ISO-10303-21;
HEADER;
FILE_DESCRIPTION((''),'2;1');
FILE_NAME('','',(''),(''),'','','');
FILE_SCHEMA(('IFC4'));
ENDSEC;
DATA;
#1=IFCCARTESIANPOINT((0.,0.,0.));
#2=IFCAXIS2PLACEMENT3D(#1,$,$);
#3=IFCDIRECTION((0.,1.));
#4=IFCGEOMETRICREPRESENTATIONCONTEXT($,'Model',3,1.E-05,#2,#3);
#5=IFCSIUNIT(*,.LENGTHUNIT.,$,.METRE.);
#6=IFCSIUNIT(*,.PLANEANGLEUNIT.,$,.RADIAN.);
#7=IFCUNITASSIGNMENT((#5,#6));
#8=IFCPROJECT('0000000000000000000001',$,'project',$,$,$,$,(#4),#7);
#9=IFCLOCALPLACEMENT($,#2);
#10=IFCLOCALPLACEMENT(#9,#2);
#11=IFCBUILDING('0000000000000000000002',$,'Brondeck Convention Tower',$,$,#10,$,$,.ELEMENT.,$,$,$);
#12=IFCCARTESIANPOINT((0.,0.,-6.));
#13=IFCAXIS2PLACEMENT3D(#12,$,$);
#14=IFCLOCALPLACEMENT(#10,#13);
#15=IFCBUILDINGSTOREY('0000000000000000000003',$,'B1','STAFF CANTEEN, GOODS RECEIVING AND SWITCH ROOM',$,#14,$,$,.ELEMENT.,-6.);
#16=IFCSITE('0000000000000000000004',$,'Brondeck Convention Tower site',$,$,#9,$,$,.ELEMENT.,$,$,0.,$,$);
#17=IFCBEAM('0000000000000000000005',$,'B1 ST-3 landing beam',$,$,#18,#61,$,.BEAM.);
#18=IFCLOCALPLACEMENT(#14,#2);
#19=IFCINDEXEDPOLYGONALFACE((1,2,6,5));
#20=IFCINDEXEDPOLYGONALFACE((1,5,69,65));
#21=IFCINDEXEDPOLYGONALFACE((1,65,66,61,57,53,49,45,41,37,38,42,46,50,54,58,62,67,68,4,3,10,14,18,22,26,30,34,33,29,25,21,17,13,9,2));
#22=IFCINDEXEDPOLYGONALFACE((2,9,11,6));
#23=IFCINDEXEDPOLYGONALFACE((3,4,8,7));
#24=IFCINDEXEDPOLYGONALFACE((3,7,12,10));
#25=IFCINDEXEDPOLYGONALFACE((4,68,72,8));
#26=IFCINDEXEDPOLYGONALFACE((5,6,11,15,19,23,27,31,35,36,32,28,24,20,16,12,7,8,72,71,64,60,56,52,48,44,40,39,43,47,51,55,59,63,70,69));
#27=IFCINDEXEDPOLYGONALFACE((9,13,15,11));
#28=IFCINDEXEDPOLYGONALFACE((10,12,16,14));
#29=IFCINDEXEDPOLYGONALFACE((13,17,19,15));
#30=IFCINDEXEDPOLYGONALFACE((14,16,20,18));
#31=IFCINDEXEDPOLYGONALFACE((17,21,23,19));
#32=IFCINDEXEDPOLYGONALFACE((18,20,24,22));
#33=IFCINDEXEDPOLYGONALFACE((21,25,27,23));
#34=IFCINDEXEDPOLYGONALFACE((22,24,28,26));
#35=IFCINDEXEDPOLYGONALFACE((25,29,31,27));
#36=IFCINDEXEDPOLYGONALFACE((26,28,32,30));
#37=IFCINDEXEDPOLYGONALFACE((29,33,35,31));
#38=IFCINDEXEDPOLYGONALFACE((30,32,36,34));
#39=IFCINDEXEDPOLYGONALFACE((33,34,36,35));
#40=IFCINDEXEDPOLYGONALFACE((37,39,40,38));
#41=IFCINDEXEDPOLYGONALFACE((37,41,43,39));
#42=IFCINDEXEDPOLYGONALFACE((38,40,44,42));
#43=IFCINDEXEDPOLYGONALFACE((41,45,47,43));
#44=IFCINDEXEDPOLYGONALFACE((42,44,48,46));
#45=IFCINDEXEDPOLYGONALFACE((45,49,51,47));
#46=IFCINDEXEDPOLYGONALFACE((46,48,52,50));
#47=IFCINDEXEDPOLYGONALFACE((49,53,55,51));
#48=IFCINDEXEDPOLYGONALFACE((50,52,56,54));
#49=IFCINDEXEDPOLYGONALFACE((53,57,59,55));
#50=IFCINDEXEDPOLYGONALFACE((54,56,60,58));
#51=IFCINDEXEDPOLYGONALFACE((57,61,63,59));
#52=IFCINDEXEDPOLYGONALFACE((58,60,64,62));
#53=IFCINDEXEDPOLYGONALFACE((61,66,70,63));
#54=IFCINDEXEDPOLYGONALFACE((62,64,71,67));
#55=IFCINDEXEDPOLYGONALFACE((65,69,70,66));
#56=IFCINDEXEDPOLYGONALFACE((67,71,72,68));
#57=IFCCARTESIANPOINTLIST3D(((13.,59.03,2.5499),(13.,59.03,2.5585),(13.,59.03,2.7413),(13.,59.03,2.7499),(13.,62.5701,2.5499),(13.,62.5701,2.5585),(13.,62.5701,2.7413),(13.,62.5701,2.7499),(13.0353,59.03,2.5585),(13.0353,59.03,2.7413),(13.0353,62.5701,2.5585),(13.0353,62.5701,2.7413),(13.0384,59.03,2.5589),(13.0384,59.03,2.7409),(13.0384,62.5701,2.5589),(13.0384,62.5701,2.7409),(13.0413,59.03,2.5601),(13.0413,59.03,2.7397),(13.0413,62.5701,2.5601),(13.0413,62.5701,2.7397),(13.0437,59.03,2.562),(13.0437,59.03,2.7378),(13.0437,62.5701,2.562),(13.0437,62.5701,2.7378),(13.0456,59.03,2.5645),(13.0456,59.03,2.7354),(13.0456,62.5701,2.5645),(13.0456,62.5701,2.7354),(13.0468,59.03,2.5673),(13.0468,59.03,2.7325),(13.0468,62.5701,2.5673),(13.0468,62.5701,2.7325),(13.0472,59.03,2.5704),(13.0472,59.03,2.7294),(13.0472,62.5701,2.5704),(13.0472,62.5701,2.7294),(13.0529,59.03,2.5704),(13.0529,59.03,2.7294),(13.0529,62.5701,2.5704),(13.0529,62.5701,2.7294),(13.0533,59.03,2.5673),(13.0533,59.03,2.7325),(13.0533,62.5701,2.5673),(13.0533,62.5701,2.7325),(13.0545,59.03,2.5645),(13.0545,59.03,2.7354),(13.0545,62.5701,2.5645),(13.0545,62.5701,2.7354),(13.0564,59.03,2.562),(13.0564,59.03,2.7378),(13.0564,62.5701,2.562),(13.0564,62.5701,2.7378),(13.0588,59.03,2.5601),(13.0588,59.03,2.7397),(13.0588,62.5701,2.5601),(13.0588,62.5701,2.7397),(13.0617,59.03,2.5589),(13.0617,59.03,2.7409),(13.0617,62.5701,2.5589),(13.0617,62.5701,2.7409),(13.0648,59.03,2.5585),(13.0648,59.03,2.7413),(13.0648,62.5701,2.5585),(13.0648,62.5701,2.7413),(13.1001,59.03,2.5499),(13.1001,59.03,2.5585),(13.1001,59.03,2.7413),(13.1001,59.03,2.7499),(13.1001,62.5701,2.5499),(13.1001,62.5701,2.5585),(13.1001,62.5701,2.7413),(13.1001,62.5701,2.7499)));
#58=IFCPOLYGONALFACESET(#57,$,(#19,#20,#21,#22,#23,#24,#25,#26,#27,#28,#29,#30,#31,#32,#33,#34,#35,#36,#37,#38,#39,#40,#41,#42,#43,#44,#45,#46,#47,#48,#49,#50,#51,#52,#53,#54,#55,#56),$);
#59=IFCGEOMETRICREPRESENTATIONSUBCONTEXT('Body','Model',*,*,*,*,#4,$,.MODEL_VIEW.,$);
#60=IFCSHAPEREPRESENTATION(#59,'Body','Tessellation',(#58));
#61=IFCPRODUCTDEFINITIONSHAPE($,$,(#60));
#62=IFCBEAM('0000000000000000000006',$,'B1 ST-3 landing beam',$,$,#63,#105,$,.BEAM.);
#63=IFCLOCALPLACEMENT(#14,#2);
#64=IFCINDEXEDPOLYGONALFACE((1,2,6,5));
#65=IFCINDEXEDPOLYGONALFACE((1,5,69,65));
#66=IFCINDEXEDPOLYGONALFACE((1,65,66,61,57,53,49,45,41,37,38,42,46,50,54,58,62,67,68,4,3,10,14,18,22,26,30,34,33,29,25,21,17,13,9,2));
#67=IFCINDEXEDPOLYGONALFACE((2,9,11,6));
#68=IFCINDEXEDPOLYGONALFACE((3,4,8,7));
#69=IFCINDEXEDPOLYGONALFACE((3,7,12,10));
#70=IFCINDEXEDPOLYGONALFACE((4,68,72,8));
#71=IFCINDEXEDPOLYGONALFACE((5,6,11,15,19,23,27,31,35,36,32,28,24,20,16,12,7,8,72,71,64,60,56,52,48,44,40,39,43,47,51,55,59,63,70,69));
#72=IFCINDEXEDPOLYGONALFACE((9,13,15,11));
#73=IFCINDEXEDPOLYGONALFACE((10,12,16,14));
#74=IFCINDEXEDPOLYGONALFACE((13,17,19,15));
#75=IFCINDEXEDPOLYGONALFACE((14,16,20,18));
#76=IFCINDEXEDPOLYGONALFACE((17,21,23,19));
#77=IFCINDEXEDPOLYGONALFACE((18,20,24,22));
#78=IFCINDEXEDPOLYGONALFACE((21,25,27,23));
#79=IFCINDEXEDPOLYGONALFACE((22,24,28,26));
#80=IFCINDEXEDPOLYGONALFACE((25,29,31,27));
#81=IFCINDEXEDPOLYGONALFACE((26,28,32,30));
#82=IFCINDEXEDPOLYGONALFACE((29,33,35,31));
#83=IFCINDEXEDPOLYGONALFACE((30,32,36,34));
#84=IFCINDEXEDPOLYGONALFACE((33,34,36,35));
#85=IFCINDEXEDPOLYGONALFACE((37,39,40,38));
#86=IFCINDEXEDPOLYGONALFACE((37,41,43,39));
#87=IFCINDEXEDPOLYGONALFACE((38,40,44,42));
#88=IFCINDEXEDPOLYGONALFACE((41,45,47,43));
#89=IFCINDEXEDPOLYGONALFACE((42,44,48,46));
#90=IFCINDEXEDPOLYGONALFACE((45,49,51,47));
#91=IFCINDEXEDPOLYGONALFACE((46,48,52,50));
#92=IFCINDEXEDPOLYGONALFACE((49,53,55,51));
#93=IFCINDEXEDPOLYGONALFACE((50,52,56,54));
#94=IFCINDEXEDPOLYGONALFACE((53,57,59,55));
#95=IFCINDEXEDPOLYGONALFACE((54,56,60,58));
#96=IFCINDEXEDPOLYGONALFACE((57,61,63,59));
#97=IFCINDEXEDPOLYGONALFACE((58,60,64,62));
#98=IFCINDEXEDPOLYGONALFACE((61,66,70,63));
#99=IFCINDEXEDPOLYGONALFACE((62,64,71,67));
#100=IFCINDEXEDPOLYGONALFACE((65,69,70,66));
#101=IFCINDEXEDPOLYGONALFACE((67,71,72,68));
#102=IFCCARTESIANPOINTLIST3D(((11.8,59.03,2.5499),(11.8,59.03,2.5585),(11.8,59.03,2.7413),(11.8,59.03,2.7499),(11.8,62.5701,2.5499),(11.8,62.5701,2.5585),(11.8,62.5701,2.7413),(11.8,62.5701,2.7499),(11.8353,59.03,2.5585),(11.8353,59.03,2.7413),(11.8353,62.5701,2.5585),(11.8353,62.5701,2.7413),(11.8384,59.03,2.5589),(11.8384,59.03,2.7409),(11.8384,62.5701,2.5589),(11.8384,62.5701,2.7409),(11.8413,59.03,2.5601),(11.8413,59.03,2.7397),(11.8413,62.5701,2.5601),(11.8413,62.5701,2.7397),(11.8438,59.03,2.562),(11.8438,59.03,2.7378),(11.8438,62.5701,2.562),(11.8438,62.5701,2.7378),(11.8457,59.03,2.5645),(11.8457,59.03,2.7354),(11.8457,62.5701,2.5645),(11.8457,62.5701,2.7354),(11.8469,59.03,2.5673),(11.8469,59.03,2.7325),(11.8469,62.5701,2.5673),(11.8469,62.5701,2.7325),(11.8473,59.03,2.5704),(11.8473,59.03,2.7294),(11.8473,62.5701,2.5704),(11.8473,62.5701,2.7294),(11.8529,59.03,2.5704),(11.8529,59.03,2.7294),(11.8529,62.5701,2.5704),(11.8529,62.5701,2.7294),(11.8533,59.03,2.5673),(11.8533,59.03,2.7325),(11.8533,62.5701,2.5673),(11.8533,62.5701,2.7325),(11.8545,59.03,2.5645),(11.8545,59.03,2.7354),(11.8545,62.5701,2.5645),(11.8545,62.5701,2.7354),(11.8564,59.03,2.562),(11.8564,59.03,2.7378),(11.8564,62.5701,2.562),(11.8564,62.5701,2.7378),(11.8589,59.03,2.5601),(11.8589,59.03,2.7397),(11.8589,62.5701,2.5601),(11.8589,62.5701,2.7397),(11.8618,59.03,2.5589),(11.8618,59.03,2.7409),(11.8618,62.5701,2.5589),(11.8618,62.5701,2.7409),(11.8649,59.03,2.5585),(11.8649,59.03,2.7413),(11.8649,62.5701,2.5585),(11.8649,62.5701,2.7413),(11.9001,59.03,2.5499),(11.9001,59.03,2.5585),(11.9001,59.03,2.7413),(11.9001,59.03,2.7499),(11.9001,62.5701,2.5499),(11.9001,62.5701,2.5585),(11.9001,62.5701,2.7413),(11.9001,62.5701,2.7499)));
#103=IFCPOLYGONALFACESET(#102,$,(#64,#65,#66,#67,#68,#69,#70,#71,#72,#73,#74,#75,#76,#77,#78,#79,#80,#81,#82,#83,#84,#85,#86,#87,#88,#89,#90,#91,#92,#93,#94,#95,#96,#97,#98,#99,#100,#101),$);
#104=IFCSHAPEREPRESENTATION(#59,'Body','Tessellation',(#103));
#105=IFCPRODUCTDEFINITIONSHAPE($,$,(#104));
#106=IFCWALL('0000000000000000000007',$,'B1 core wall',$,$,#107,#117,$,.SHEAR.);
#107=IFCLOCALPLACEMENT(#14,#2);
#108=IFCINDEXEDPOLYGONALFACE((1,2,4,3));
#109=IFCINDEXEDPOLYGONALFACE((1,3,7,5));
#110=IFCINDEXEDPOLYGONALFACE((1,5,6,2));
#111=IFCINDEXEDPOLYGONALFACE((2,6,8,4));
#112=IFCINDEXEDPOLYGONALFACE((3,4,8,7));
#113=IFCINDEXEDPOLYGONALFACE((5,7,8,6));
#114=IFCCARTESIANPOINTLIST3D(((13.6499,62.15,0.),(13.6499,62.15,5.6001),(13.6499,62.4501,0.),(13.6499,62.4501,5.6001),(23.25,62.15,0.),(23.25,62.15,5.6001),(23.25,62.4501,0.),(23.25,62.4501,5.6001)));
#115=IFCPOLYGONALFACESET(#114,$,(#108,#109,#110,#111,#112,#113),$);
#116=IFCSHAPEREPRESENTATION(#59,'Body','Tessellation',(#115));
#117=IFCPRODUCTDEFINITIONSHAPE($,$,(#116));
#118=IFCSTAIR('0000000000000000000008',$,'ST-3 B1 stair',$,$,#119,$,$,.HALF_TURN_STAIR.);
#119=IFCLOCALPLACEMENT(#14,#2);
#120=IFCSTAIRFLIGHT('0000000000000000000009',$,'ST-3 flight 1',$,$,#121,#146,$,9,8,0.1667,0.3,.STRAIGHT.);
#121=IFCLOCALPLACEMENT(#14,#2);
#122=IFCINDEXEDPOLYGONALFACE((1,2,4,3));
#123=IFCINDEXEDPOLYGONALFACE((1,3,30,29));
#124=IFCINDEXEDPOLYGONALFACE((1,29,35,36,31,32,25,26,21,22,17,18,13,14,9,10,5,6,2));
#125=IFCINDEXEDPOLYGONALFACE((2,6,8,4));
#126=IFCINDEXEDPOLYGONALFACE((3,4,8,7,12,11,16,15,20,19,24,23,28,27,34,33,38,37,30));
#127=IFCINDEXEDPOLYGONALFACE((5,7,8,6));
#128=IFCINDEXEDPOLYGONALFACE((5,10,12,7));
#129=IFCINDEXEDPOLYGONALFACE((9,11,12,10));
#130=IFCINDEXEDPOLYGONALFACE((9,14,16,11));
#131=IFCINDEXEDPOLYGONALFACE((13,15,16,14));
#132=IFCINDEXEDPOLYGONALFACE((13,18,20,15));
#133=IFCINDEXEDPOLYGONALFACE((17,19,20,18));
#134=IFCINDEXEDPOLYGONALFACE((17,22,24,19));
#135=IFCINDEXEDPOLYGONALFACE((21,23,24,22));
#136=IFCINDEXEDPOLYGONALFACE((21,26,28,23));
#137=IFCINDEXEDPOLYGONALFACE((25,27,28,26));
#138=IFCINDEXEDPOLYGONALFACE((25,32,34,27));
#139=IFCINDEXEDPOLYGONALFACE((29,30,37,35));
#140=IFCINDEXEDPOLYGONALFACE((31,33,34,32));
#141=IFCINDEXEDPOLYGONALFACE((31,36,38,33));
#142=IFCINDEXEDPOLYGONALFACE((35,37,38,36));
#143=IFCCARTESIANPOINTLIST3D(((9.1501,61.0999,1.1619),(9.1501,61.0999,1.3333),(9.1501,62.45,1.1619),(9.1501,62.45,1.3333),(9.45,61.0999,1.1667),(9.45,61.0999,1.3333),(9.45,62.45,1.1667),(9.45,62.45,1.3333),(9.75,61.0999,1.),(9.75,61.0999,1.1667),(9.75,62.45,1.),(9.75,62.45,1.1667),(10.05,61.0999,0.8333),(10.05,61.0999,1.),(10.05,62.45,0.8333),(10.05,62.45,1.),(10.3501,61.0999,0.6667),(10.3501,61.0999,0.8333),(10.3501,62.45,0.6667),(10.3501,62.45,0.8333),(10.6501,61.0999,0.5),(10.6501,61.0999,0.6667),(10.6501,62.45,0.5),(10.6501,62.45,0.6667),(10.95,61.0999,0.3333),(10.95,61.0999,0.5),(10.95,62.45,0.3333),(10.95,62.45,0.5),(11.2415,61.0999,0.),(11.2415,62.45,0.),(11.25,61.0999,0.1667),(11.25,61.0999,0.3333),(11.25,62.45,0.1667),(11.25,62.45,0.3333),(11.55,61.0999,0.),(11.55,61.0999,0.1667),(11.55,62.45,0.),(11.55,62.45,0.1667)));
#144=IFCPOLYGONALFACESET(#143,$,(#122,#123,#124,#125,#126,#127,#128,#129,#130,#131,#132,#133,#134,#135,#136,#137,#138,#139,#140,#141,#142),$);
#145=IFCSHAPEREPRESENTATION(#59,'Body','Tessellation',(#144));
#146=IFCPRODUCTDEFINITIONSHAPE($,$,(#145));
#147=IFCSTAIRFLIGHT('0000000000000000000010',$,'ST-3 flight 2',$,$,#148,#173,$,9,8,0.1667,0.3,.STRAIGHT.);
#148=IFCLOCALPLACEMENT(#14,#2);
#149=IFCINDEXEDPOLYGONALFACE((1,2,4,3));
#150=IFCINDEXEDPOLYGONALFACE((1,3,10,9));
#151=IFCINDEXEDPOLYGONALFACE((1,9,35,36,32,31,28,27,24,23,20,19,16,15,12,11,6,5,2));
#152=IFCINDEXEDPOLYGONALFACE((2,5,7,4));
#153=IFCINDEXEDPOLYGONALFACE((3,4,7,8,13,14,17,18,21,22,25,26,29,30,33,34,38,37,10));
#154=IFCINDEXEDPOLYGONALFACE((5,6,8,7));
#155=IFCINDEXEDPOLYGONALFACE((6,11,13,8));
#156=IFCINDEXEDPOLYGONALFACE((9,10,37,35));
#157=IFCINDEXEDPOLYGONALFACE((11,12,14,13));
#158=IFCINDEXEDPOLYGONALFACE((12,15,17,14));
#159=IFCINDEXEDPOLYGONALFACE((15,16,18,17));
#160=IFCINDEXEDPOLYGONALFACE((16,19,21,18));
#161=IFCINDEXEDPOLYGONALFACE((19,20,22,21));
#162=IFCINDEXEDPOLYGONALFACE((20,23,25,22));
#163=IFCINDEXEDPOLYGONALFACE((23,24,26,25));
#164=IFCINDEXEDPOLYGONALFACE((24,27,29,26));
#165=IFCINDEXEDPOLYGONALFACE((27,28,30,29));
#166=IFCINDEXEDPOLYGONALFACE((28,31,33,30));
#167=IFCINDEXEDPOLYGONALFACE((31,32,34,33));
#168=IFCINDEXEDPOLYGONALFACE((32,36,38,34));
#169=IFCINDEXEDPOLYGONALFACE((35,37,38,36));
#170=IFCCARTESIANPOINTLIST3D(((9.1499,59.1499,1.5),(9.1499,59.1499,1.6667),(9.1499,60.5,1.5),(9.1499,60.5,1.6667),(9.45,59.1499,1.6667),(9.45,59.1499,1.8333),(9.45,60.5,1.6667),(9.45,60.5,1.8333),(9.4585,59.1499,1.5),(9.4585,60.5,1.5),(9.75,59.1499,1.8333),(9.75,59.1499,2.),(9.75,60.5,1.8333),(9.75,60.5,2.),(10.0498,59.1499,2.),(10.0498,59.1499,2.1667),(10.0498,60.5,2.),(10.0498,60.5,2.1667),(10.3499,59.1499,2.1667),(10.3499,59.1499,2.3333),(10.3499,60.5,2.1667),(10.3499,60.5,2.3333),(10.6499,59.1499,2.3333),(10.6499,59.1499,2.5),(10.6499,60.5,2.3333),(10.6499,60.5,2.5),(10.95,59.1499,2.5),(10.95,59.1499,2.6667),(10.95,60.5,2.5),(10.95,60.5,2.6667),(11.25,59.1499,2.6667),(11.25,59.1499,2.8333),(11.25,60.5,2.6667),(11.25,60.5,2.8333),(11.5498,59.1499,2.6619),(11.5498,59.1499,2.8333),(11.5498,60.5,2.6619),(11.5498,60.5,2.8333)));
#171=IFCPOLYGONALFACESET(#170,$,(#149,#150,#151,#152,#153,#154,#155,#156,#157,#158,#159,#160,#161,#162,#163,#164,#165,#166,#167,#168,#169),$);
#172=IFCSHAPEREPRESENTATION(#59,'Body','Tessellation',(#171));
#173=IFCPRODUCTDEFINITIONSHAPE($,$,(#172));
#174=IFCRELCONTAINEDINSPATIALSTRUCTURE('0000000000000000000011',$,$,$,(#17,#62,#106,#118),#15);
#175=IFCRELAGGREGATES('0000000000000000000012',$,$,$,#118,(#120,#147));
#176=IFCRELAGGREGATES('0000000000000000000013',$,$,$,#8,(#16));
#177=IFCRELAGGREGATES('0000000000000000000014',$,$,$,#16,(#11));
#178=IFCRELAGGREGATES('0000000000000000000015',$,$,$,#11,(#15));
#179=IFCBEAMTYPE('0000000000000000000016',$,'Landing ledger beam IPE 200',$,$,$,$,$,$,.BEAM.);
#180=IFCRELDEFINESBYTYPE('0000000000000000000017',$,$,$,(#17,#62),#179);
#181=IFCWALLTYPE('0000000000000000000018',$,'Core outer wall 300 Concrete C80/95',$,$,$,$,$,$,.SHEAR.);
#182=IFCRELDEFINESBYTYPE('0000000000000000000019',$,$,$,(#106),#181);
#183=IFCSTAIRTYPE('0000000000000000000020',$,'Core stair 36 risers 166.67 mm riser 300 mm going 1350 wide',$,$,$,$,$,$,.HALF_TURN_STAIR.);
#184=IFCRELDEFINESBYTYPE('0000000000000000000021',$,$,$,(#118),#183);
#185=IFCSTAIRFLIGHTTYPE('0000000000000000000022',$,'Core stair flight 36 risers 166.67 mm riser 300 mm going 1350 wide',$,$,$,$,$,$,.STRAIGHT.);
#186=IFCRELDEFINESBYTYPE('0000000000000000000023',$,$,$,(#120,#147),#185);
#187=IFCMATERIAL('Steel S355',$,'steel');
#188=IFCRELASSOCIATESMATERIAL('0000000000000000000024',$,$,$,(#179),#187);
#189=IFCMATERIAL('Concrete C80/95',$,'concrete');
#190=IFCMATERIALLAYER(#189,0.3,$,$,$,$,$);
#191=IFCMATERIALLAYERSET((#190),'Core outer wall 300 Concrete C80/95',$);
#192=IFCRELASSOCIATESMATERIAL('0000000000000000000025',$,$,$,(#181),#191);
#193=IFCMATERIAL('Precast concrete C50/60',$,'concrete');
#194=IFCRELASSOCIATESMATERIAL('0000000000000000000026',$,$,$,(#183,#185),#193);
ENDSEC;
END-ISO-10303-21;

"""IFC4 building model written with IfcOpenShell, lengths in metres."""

from ifc_helpers import new_model, si_unit, direction, frame, frame_2d, origin, origin_2d, place, context, subcontext, project, spatial, polyline, rectangle, i_section, outline, extrude, material, layer, layer_set, material_profile, profile_set, type_object, element, aggregate, save


model = new_model("IFC4")

# Units and contexts
model_context = context("Model", 3, precision=1e-05, world=origin(), true_north=direction((0.0, 1.0)))
body_context = subcontext(model_context, "Body", "Model", "MODEL_VIEW")
ifc_project = project(units=[si_unit("LENGTHUNIT", "METRE"), si_unit("PLANEANGLEUNIT", "RADIAN")], contexts=[model_context])

# Site, building, storey
site_placement = place(None, origin())
site = spatial("IfcSite", under=ifc_project, at=site_placement, Name="Brondeck Convention Tower site", CompositionType="ELEMENT", RefElevation=0.0)
building_placement = place(site_placement, origin())
building = spatial("IfcBuilding", under=site, at=building_placement, Name="Brondeck Convention Tower", CompositionType="ELEMENT")
storey_placement = place(building_placement, frame((0.0, 0.0, -6.0)))
storey = spatial("IfcBuildingStorey", under=building, at=storey_placement, Name="B1", Description="STAFF CANTEEN, GOODS RECEIVING AND SWITCH ROOM", CompositionType="ELEMENT", Elevation=-6.0)

# Shared definitions
ifc_material_1 = material(Name="Concrete C80/95", Category="concrete")

# Beams
ifc_material_2 = material(Name="Steel S355", Category="steel")
ifc_material_profile_1 = material_profile(ifc_material_2, i_section(OverallWidth=0.1001, OverallDepth=0.2, WebThickness=0.0056, FlangeThickness=0.0085, FilletRadius=0.012, at=origin_2d()), Name="IPE200")
ifc_profile_set_1 = profile_set([ifc_material_profile_1], Name="Steel S355")
beam_type = type_object("IfcBeamType", Name="Landing ledger beam IPE 200", PredefinedType="BEAM", material=ifc_profile_set_1)
for number, where, z_axis, x_axis, name in (
    (1, (13.05, 62.5701, 2.6499), (0.0, -1.0, 0.0), (1.0, 0.0, 0.0), "B1 ST-3 landing beam"),
    (2, (11.8501, 62.5701, 2.6499), (0.0, -1.0, 0.0), (1.0, 0.0, 0.0), "B1 ST-3 landing beam"),
):
    element("IfcBeam", number, at=place(storey_placement, frame(where, z_axis=z_axis, x_axis=x_axis)), inside=storey, type_object=beam_type, Name=name, PredefinedType="BEAM", context=body_context, shape_type="SweptSolid", body=[
        extrude(i_section(OverallWidth=0.1001, OverallDepth=0.2, WebThickness=0.0056, FlangeThickness=0.0085, FilletRadius=0.012, at=origin_2d()), origin(), (0.0, 0.0, 1.0), 3.54),
    ])

# Wall
ifc_layer = layer(ifc_material_1, 0.3)
ifc_layer_set = layer_set([ifc_layer], Name="Core outer wall 300 Concrete C80/95")
wall_type = type_object("IfcWallType", Name="Core outer wall 300 Concrete C80/95", PredefinedType="SHEAR", material=ifc_layer_set)
wall_placement = place(storey_placement, frame((13.6499, 62.3, 0.0), z_axis=(0.0, 0.0, 1.0), x_axis=(1.0, 0.0, 0.0)))
element("IfcWall", 3, at=wall_placement, inside=storey, type_object=wall_type, Name="B1 core wall", PredefinedType="SHEAR", context=body_context, shape_type="SweptSolid", body=[
    extrude(rectangle(XDim=9.6001, YDim=0.3, at=frame_2d((4.8, 0.0))), origin(), (0.0, 0.0, 1.0), 5.6001),
])

# Stair, stair flights
ifc_material_3 = material(Name="Precast concrete C50/60", Category="concrete")
stair_type = type_object("IfcStairType", Name="Core stair 36 risers 166.67 mm riser 300 mm going 1350 wide", PredefinedType="HALF_TURN_STAIR", material=ifc_material_3)
stair_placement = place(storey_placement, origin())
stair = element("IfcStair", 4, at=stair_placement, inside=storey, type_object=stair_type, Name="ST-3 B1 stair", PredefinedType="HALF_TURN_STAIR")
stair_flight_type = type_object("IfcStairFlightType", Name="Core stair flight 36 risers 166.67 mm riser 300 mm going 1350 wide", PredefinedType="STRAIGHT", material=ifc_material_3)
stair_flight_1_placement = place(storey_placement, frame((11.55, 61.7749, 0.0), z_axis=(0.0, 0.0, 1.0), x_axis=(-1.0, 0.0, 0.0)))
stair_flight_1 = element("IfcStairFlight", 5, at=stair_flight_1_placement, type_object=stair_flight_type, Name="ST-3 flight 1", NumberOfRisers=9, NumberOfTreads=8, PredefinedType="STRAIGHT", RiserHeight=0.1667, TreadLength=0.3, context=body_context, shape_type="SweptSolid", body=[
    extrude(outline(polyline([(0.0, 0.0), (0.0, 0.1667), (0.3, 0.1667), (0.3, 0.3333), (0.6001, 0.3333), (0.6001, 0.5), (0.8999, 0.5), (0.8999, 0.6667), (1.2, 0.6667), (1.2, 0.8333), (1.5, 0.8333), (1.5, 1.0), (1.8, 1.0), (1.8, 1.1667), (2.1001, 1.1667), (2.1001, 1.3333), (2.3999, 1.3333), (2.3999, 1.5), (2.3999, 1.1619), (0.3086, 0.0), (0.0, 0.0)])), frame((0.0, 0.675, 0.0), z_axis=(0.0, -1.0, 0.0), x_axis=(1.0, 0.0, 0.0)), (0.0, 0.0, 1.0), 1.3501),
])
stair_flight_2_placement = place(storey_placement, frame((9.1499, 59.825, 1.5), z_axis=(0.0, 0.0, 1.0), x_axis=(1.0, 0.0, 0.0)))
stair_flight_2 = element("IfcStairFlight", 6, at=stair_flight_2_placement, type_object=stair_flight_type, Name="ST-3 flight 2", NumberOfRisers=9, NumberOfTreads=8, PredefinedType="STRAIGHT", RiserHeight=0.1667, TreadLength=0.3, context=body_context, shape_type="SweptSolid", body=[
    extrude(outline(polyline([(0.0, 0.0), (0.0, 0.1667), (0.3, 0.1667), (0.3, 0.3333), (0.6001, 0.3333), (0.6001, 0.5), (0.8999, 0.5), (0.8999, 0.6667), (1.2, 0.6667), (1.2, 0.8333), (1.5, 0.8333), (1.5, 1.0), (1.8, 1.0), (1.8, 1.1667), (2.1001, 1.1667), (2.1001, 1.3333), (2.3999, 1.3333), (2.3999, 1.5), (2.3999, 1.1619), (0.3086, 0.0), (0.0, 0.0)])), frame((0.0, 0.675, 0.0), z_axis=(0.0, -1.0, 0.0), x_axis=(1.0, 0.0, 0.0)), (0.0, 0.0, 1.0), 1.3501),
])
aggregate(stair, [stair_flight_1, stair_flight_2])

save(model, "model.ifc")
